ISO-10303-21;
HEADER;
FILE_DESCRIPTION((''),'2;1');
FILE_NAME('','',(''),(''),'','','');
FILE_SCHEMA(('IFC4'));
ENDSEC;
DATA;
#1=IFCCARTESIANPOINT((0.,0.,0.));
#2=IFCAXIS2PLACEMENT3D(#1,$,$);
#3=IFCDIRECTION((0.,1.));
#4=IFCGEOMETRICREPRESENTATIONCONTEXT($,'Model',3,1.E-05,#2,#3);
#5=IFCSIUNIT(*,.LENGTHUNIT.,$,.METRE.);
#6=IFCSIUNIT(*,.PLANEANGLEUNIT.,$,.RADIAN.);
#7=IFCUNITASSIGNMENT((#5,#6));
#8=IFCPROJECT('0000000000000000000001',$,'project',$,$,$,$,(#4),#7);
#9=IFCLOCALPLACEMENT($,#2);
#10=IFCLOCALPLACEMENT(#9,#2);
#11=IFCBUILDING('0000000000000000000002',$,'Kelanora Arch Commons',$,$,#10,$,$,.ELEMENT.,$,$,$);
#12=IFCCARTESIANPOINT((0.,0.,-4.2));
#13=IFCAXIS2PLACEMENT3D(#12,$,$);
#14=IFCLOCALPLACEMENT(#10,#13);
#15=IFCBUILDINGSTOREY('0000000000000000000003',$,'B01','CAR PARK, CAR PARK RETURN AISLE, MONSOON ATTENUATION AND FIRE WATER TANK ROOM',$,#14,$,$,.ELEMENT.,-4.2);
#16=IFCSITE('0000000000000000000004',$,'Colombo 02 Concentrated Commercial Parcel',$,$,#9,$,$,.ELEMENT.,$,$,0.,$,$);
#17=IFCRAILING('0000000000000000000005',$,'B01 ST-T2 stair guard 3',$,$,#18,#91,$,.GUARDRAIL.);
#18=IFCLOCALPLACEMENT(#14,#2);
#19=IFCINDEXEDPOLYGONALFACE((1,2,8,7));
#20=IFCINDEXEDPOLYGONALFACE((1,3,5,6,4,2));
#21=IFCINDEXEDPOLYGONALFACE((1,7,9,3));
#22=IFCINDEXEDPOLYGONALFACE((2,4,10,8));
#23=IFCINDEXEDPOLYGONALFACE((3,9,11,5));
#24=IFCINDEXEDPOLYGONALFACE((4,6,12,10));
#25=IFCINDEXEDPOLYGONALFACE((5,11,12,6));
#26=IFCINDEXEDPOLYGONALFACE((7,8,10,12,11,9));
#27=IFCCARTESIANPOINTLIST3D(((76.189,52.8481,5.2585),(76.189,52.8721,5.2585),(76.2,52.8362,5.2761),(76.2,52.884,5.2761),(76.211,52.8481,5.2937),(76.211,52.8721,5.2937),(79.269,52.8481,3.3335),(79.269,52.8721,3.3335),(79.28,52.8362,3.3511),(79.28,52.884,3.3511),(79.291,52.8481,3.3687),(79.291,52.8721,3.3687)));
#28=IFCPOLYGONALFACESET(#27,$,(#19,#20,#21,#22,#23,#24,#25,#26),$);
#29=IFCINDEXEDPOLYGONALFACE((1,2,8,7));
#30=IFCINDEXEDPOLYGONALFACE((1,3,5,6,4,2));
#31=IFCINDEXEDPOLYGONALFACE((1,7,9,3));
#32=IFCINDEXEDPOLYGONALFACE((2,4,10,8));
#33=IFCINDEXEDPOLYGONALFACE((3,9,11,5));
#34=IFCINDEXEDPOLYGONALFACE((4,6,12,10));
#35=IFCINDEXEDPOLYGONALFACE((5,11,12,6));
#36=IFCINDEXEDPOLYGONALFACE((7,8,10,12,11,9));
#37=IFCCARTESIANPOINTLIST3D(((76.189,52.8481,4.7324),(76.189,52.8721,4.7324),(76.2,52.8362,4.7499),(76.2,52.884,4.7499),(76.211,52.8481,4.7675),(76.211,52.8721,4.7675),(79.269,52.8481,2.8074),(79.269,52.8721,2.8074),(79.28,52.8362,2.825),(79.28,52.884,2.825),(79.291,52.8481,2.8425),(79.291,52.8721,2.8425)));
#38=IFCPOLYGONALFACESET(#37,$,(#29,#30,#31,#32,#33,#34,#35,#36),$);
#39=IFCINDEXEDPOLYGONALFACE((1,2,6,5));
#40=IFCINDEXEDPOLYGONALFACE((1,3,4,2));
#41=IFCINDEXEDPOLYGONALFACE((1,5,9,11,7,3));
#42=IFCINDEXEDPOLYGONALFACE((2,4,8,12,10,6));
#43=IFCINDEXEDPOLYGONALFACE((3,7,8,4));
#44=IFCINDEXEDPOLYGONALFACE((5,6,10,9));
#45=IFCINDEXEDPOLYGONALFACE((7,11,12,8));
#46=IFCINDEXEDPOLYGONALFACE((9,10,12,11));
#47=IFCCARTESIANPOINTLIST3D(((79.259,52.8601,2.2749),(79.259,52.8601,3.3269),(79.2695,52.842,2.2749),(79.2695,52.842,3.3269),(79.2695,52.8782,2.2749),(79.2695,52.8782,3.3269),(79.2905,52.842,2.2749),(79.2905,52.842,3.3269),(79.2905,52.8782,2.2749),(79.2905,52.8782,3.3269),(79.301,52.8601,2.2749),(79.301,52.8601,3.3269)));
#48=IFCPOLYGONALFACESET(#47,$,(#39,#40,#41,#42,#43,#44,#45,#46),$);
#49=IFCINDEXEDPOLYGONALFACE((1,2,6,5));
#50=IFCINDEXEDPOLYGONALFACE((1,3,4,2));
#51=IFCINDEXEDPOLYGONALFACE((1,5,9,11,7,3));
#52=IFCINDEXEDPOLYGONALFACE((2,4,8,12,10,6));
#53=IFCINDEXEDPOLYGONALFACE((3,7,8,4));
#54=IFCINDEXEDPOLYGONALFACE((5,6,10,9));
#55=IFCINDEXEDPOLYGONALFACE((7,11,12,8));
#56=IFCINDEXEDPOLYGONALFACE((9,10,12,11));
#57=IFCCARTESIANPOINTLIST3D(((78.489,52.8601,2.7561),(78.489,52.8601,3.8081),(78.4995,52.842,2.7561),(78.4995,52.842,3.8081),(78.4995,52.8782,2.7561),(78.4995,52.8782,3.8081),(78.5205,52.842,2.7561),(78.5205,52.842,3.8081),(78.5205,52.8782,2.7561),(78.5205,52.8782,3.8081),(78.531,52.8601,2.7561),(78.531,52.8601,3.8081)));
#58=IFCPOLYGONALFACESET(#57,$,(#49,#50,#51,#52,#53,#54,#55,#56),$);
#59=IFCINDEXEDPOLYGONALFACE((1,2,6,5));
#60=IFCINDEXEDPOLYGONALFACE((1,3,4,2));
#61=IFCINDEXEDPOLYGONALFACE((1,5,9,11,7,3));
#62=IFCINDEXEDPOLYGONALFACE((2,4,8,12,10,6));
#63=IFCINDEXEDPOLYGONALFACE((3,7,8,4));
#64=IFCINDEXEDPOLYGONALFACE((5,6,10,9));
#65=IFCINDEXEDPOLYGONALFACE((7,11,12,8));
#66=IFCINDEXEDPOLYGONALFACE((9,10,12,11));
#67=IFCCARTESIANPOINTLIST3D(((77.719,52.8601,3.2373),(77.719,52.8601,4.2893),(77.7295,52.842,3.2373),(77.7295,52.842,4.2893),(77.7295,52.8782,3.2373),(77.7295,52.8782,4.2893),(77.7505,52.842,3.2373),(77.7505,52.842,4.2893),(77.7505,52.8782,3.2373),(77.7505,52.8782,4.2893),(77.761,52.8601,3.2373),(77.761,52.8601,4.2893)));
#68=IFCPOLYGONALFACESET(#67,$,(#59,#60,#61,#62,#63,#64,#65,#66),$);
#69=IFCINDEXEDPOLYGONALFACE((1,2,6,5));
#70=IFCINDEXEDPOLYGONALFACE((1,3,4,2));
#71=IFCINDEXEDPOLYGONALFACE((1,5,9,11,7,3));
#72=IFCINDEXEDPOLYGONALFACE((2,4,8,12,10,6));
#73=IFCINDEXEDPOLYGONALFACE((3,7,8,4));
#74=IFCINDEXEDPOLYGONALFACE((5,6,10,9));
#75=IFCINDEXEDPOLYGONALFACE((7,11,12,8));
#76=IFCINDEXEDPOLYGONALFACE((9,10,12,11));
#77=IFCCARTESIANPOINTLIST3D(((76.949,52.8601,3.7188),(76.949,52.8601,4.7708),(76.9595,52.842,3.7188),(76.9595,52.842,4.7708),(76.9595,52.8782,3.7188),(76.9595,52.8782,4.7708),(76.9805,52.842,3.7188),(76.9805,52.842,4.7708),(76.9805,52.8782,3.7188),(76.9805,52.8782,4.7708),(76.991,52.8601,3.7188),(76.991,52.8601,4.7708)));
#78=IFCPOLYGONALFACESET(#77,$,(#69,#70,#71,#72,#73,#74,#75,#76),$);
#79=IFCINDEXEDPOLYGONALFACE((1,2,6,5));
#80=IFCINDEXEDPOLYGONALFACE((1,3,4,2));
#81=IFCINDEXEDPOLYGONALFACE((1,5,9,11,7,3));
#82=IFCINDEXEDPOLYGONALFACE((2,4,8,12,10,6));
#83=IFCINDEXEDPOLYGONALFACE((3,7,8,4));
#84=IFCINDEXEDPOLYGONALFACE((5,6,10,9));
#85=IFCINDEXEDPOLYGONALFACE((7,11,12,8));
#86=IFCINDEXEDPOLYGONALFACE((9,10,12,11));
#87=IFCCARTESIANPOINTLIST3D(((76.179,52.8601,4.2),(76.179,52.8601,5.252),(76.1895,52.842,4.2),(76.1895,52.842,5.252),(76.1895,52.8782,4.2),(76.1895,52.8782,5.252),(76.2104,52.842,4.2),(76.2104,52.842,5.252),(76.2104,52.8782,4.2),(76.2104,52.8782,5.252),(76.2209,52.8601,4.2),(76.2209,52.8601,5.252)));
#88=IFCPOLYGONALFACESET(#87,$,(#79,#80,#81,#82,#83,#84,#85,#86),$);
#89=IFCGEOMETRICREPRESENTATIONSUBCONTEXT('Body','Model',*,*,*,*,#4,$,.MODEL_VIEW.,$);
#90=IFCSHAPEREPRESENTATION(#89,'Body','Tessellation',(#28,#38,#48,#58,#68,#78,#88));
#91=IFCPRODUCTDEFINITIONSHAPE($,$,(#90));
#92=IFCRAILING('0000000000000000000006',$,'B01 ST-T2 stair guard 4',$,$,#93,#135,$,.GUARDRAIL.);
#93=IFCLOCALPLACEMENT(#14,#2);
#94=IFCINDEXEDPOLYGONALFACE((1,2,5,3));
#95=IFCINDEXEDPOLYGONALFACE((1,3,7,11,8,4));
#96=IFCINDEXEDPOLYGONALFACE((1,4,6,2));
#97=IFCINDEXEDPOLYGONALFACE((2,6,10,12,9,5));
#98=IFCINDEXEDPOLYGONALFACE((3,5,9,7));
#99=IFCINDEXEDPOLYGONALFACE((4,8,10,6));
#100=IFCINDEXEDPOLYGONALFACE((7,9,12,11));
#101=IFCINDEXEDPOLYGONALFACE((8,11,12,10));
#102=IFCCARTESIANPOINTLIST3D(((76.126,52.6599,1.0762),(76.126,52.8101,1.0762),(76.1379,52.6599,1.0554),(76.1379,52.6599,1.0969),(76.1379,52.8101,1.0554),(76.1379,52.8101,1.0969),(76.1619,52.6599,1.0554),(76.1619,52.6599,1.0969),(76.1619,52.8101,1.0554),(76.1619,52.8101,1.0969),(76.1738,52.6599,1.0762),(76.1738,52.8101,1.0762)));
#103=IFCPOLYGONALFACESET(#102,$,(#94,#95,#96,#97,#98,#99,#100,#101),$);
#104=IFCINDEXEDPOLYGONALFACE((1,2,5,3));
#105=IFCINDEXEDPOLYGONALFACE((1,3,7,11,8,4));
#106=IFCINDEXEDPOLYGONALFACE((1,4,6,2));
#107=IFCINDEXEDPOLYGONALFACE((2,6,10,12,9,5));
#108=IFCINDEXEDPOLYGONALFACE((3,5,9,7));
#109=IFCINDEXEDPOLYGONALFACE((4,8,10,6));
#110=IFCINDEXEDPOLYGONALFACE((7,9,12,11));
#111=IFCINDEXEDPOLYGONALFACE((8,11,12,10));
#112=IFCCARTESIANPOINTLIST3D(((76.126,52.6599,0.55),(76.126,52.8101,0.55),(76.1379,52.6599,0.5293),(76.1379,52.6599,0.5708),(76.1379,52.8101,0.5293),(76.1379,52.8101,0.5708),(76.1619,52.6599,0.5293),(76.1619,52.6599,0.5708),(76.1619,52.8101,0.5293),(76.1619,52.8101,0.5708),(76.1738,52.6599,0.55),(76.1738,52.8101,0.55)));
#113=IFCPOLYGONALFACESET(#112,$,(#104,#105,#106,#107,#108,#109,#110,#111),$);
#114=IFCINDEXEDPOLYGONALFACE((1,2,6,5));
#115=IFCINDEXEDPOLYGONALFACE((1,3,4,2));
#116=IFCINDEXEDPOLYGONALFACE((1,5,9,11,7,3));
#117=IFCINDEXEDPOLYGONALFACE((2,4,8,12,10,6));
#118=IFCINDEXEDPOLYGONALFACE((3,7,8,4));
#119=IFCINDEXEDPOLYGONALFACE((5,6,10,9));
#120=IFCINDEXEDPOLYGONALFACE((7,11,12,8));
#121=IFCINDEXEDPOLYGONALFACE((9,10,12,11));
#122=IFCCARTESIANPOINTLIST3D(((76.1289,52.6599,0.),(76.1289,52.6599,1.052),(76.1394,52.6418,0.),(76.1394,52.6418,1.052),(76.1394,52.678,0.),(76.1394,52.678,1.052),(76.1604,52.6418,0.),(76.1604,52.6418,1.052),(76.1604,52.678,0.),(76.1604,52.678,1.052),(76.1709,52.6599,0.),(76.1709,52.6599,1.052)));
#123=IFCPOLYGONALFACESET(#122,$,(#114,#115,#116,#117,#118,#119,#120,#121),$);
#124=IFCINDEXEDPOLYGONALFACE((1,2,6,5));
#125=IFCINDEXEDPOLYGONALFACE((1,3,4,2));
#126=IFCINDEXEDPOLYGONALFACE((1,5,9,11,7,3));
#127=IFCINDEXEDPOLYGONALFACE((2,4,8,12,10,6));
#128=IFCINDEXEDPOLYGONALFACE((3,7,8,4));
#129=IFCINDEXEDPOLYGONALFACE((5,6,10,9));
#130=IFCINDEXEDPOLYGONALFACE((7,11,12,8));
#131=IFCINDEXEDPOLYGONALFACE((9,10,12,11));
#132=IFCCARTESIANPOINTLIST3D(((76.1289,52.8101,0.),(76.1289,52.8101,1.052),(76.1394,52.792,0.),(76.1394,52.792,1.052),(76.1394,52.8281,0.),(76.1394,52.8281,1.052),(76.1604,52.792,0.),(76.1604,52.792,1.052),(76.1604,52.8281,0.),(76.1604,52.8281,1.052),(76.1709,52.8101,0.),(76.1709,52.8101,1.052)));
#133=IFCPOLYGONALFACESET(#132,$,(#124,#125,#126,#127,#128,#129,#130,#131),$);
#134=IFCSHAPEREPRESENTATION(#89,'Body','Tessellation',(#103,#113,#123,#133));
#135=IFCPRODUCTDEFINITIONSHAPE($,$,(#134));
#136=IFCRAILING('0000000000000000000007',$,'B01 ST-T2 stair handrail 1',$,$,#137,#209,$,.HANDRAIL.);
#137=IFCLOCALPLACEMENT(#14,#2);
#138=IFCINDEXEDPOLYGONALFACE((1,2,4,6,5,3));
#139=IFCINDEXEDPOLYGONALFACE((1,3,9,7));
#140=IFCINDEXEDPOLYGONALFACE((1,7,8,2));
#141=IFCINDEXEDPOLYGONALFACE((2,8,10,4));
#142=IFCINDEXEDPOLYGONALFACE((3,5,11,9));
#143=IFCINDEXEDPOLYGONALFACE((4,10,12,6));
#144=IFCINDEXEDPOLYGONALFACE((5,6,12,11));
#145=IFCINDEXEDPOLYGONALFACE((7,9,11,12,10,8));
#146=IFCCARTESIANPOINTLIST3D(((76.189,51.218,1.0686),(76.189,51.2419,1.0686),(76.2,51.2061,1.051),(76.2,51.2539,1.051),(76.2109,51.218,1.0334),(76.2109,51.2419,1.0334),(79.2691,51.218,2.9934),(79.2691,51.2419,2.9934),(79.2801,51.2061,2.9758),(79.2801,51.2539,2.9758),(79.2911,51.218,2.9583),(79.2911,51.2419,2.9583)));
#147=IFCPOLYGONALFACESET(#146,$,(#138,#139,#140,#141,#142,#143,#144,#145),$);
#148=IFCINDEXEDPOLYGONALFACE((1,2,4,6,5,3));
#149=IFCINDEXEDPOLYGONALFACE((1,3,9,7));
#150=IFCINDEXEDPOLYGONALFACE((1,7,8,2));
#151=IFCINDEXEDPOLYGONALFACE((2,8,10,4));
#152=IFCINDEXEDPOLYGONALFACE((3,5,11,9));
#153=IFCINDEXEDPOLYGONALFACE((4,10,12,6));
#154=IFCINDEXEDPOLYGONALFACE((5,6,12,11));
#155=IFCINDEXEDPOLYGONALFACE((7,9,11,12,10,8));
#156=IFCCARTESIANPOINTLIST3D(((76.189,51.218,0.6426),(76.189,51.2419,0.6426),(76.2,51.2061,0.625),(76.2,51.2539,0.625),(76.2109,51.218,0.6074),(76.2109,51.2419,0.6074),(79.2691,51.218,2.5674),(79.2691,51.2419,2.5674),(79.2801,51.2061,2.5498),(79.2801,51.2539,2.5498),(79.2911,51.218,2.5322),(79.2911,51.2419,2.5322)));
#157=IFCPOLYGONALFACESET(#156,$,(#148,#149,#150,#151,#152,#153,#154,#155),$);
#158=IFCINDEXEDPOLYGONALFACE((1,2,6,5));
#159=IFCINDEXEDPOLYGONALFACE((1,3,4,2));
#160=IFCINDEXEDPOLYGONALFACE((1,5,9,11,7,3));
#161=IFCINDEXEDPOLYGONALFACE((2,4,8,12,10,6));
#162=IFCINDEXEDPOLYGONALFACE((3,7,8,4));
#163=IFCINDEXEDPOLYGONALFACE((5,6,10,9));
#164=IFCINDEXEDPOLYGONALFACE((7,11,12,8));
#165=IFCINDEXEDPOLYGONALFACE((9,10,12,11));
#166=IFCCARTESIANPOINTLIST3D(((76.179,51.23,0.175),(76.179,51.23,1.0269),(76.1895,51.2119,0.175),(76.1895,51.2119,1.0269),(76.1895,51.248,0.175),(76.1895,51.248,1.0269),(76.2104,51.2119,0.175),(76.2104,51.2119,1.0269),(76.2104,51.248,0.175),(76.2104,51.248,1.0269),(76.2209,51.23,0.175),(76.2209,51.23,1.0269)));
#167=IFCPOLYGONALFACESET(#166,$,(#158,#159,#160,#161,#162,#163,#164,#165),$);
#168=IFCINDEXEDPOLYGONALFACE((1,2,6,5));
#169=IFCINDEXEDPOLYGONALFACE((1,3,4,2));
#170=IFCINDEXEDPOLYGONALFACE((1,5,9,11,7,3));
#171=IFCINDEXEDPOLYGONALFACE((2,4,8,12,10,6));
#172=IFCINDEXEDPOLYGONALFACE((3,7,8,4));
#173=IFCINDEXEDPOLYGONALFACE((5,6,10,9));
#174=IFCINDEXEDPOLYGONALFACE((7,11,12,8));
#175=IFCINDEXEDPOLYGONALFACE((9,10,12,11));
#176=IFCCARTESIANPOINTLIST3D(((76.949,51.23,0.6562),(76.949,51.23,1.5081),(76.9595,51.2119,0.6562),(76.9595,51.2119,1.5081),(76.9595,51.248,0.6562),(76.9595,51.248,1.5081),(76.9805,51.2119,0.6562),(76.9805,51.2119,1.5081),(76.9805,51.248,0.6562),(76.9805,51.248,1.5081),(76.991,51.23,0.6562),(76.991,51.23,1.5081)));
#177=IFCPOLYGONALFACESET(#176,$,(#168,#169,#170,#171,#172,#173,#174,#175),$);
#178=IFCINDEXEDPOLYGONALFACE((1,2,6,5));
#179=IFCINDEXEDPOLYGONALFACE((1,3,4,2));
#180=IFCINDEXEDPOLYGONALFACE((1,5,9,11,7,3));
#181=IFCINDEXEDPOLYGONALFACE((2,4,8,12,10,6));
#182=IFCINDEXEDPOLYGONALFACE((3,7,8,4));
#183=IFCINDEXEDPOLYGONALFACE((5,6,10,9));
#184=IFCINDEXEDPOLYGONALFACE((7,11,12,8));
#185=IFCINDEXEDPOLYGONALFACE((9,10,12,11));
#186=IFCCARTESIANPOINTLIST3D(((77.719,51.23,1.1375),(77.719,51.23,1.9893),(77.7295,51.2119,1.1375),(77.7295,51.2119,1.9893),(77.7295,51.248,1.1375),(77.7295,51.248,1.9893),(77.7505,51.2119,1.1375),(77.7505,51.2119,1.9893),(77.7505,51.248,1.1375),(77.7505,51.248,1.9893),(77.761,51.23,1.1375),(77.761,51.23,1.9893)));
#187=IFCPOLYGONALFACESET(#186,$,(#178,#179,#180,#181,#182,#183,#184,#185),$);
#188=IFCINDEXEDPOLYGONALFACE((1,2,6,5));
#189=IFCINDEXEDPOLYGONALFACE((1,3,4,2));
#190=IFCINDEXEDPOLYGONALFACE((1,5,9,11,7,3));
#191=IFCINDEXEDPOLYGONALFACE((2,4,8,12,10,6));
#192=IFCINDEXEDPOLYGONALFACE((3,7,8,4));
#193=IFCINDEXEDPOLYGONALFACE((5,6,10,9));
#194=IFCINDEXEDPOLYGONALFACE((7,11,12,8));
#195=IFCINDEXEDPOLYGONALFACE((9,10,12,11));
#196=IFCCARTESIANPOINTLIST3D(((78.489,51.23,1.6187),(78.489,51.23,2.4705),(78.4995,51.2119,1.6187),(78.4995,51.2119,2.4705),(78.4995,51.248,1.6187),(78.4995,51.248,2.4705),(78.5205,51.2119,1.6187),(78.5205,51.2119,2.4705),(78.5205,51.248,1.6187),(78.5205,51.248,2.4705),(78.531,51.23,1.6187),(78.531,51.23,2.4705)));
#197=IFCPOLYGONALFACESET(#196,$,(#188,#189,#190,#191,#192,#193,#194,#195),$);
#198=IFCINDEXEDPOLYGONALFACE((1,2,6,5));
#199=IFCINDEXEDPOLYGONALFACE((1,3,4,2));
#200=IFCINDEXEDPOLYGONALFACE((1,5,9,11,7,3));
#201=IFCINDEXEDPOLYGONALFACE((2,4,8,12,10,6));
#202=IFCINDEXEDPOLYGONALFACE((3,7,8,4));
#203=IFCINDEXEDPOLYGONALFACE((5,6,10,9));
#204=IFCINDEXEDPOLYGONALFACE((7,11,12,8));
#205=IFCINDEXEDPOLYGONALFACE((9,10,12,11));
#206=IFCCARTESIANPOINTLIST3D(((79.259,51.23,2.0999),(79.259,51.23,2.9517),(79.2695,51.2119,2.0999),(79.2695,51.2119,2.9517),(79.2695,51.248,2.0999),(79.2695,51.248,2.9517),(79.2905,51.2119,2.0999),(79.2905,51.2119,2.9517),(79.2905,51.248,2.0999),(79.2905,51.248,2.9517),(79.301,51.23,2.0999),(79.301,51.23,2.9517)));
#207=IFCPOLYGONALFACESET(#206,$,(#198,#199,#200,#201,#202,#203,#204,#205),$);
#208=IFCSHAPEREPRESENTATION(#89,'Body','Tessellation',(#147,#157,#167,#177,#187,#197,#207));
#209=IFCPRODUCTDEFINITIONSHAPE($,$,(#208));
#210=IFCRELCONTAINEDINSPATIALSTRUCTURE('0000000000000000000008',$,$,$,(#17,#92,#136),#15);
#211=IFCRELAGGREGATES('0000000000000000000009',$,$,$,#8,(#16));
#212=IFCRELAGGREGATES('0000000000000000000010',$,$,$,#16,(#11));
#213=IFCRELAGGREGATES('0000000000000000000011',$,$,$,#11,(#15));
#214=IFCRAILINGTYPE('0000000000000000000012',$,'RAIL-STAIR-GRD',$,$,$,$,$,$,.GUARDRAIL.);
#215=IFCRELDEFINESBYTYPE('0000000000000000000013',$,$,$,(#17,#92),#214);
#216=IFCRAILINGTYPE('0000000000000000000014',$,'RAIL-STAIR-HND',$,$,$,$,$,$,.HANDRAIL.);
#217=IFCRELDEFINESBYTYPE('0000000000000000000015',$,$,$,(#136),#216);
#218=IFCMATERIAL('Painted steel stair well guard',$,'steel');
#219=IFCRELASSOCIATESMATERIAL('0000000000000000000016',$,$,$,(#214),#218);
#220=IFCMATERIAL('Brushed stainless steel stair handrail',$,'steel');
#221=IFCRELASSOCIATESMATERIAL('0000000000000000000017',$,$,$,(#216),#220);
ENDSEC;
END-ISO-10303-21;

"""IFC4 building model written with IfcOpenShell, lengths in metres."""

from ifc_helpers import new_model, si_unit, direction, frame, origin, place, context, subcontext, project, spatial, polyline, outline, extrude, material, type_object, element, save


model = new_model("IFC4")

# Units and contexts
model_context = context("Model", 3, precision=1e-05, world=origin(), true_north=direction((0.0, 1.0)))
body_context = subcontext(model_context, "Body", "Model", "MODEL_VIEW")
ifc_project = project(units=[si_unit("LENGTHUNIT", "METRE"), si_unit("PLANEANGLEUNIT", "RADIAN")], contexts=[model_context])

# Site, building, storey
site_placement = place(None, origin())
site = spatial("IfcSite", under=ifc_project, at=site_placement, Name="Colombo 02 Concentrated Commercial Parcel", CompositionType="ELEMENT", RefElevation=0.0)
building_placement = place(site_placement, origin())
building = spatial("IfcBuilding", under=site, at=building_placement, Name="Kelanora Arch Commons", CompositionType="ELEMENT")
storey_placement = place(building_placement, frame((0.0, 0.0, -4.2)))
storey = spatial("IfcBuildingStorey", under=building, at=storey_placement, Name="B01", Description="CAR PARK, CAR PARK RETURN AISLE, MONSOON ATTENUATION AND FIRE WATER TANK ROOM", CompositionType="ELEMENT", Elevation=-4.2)

# Railings
ifc_material_1 = material(Name="Painted steel stair well guard", Category="steel")
railing_type_1 = type_object("IfcRailingType", Name="RAIL-STAIR-GRD", PredefinedType="GUARDRAIL", material=ifc_material_1)
railing_1_placement = place(storey_placement, frame((79.28, 52.8601, 2.2749)))
element("IfcRailing", 1, at=railing_1_placement, inside=storey, type_object=railing_type_1, Name="B01 ST-T2 stair guard 3", PredefinedType="GUARDRAIL", context=body_context, shape_type="SweptSolid", body=[
    extrude(outline(polyline([(0.0239, 0.0), (0.012, 0.0208), (-0.012, 0.0208), (-0.0239, 0.0), (-0.012, -0.0208), (0.012, -0.0208), (0.0239, 0.0)])), frame((0.0, 0.0, 1.0762), z_axis=(-0.847998, 0.0, 0.529999), x_axis=(0.0, -1.0, 0.0)), (0.0, 0.0, 1.0), 3.6321),
    extrude(outline(polyline([(0.0239, 0.0), (0.012, 0.0208), (-0.012, 0.0208), (-0.0239, 0.0), (-0.012, -0.0208), (0.012, -0.0208), (0.0239, 0.0)])), frame((0.0, 0.0, 0.55), z_axis=(-0.847998, 0.0, 0.529999), x_axis=(0.0, -1.0, 0.0)), (0.0, 0.0, 1.0), 3.6321),
    extrude(outline(polyline([(0.021, 0.0), (0.0105, 0.0181), (-0.0105, 0.0181), (-0.021, 0.0), (-0.0105, -0.0181), (0.0105, -0.0181), (0.021, 0.0)])), origin(), (0.0, 0.0, 1.0), 1.052),
    extrude(outline(polyline([(0.021, 0.0), (0.0105, 0.0181), (-0.0105, 0.0181), (-0.021, 0.0), (-0.0105, -0.0181), (0.0105, -0.0181), (0.021, 0.0)])), frame((-0.77, 0.0, 0.4812)), (0.0, 0.0, 1.0), 1.052),
    extrude(outline(polyline([(0.021, 0.0), (0.0105, 0.0181), (-0.0105, 0.0181), (-0.021, 0.0), (-0.0105, -0.0181), (0.0105, -0.0181), (0.021, 0.0)])), frame((-1.54, 0.0, 0.9624)), (0.0, 0.0, 1.0), 1.052),
    extrude(outline(polyline([(0.021, 0.0), (0.0105, 0.0181), (-0.0105, 0.0181), (-0.021, 0.0), (-0.0105, -0.0181), (0.0105, -0.0181), (0.021, 0.0)])), frame((-2.3101, 0.0, 1.4438)), (0.0, 0.0, 1.0), 1.052),
    extrude(outline(polyline([(0.021, 0.0), (0.0105, 0.0181), (-0.0105, 0.0181), (-0.021, 0.0), (-0.0105, -0.0181), (0.0105, -0.0181), (0.021, 0.0)])), frame((-3.0801, 0.0, 1.925)), (0.0, 0.0, 1.0), 1.052),
])
railing_2_placement = place(storey_placement, frame((76.1499, 52.6599, 0.0)))
element("IfcRailing", 2, at=railing_2_placement, inside=storey, type_object=railing_type_1, Name="B01 ST-T2 stair guard 4", PredefinedType="GUARDRAIL", context=body_context, shape_type="SweptSolid", body=[
    extrude(outline(polyline([(0.0239, 0.0), (0.012, 0.0208), (-0.012, 0.0208), (-0.0239, 0.0), (-0.012, -0.0208), (0.012, -0.0208), (0.0239, 0.0)])), frame((0.0, 0.0, 1.0762), z_axis=(0.0, 1.0, 0.0), x_axis=(-1.0, 0.0, 0.0)), (0.0, 0.0, 1.0), 0.1501),
    extrude(outline(polyline([(0.0239, 0.0), (0.012, 0.0208), (-0.012, 0.0208), (-0.0239, 0.0), (-0.012, -0.0208), (0.012, -0.0208), (0.0239, 0.0)])), frame((0.0, 0.0, 0.55), z_axis=(0.0, 1.0, 0.0), x_axis=(-1.0, 0.0, 0.0)), (0.0, 0.0, 1.0), 0.1501),
    extrude(outline(polyline([(0.021, 0.0), (0.0105, 0.0181), (-0.0105, 0.0181), (-0.021, 0.0), (-0.0105, -0.0181), (0.0105, -0.0181), (0.021, 0.0)])), origin(), (0.0, 0.0, 1.0), 1.052),
    extrude(outline(polyline([(0.021, 0.0), (0.0105, 0.0181), (-0.0105, 0.0181), (-0.021, 0.0), (-0.0105, -0.0181), (0.0105, -0.0181), (0.021, 0.0)])), frame((0.0, 0.1501, 0.0)), (0.0, 0.0, 1.0), 1.052),
])
ifc_material_2 = material(Name="Brushed stainless steel stair handrail", Category="steel")
railing_type_2 = type_object("IfcRailingType", Name="RAIL-STAIR-HND", PredefinedType="HANDRAIL", material=ifc_material_2)
railing_3_placement = place(storey_placement, frame((76.2, 51.23, 0.175)))
element("IfcRailing", 3, at=railing_3_placement, inside=storey, type_object=railing_type_2, Name="B01 ST-T2 stair handrail 1", PredefinedType="HANDRAIL", context=body_context, shape_type="SweptSolid", body=[
    extrude(outline(polyline([(0.0239, 0.0), (0.012, 0.0208), (-0.012, 0.0208), (-0.0239, 0.0), (-0.012, -0.0208), (0.012, -0.0208), (0.0239, 0.0)])), frame((0.0, 0.0, 0.876), z_axis=(0.848029, 0.0, 0.529951), x_axis=(0.0, 1.0, 0.0)), (0.0, 0.0, 1.0), 3.6321),
    extrude(outline(polyline([(0.0239, 0.0), (0.012, 0.0208), (-0.012, 0.0208), (-0.0239, 0.0), (-0.012, -0.0208), (0.012, -0.0208), (0.0239, 0.0)])), frame((0.0, 0.0, 0.45), z_axis=(0.848029, 0.0, 0.529951), x_axis=(0.0, 1.0, 0.0)), (0.0, 0.0, 1.0), 3.6321),
    extrude(outline(polyline([(0.021, 0.0), (0.0105, 0.0181), (-0.0105, 0.0181), (-0.021, 0.0), (-0.0105, -0.0181), (0.0105, -0.0181), (0.021, 0.0)])), origin(), (0.0, 0.0, 1.0), 0.8518),
    extrude(outline(polyline([(0.021, 0.0), (0.0105, 0.0181), (-0.0105, 0.0181), (-0.021, 0.0), (-0.0105, -0.0181), (0.0105, -0.0181), (0.021, 0.0)])), frame((0.77, 0.0, 0.4812)), (0.0, 0.0, 1.0), 0.8518),
    extrude(outline(polyline([(0.021, 0.0), (0.0105, 0.0181), (-0.0105, 0.0181), (-0.021, 0.0), (-0.0105, -0.0181), (0.0105, -0.0181), (0.021, 0.0)])), frame((1.54, 0.0, 0.9624)), (0.0, 0.0, 1.0), 0.8518),
    extrude(outline(polyline([(0.021, 0.0), (0.0105, 0.0181), (-0.0105, 0.0181), (-0.021, 0.0), (-0.0105, -0.0181), (0.0105, -0.0181), (0.021, 0.0)])), frame((2.3101, 0.0, 1.4436)), (0.0, 0.0, 1.0), 0.8518),
    extrude(outline(polyline([(0.021, 0.0), (0.0105, 0.0181), (-0.0105, 0.0181), (-0.021, 0.0), (-0.0105, -0.0181), (0.0105, -0.0181), (0.021, 0.0)])), frame((3.0801, 0.0, 1.9248)), (0.0, 0.0, 1.0), 0.8518),
])

save(model, "model.ifc")
